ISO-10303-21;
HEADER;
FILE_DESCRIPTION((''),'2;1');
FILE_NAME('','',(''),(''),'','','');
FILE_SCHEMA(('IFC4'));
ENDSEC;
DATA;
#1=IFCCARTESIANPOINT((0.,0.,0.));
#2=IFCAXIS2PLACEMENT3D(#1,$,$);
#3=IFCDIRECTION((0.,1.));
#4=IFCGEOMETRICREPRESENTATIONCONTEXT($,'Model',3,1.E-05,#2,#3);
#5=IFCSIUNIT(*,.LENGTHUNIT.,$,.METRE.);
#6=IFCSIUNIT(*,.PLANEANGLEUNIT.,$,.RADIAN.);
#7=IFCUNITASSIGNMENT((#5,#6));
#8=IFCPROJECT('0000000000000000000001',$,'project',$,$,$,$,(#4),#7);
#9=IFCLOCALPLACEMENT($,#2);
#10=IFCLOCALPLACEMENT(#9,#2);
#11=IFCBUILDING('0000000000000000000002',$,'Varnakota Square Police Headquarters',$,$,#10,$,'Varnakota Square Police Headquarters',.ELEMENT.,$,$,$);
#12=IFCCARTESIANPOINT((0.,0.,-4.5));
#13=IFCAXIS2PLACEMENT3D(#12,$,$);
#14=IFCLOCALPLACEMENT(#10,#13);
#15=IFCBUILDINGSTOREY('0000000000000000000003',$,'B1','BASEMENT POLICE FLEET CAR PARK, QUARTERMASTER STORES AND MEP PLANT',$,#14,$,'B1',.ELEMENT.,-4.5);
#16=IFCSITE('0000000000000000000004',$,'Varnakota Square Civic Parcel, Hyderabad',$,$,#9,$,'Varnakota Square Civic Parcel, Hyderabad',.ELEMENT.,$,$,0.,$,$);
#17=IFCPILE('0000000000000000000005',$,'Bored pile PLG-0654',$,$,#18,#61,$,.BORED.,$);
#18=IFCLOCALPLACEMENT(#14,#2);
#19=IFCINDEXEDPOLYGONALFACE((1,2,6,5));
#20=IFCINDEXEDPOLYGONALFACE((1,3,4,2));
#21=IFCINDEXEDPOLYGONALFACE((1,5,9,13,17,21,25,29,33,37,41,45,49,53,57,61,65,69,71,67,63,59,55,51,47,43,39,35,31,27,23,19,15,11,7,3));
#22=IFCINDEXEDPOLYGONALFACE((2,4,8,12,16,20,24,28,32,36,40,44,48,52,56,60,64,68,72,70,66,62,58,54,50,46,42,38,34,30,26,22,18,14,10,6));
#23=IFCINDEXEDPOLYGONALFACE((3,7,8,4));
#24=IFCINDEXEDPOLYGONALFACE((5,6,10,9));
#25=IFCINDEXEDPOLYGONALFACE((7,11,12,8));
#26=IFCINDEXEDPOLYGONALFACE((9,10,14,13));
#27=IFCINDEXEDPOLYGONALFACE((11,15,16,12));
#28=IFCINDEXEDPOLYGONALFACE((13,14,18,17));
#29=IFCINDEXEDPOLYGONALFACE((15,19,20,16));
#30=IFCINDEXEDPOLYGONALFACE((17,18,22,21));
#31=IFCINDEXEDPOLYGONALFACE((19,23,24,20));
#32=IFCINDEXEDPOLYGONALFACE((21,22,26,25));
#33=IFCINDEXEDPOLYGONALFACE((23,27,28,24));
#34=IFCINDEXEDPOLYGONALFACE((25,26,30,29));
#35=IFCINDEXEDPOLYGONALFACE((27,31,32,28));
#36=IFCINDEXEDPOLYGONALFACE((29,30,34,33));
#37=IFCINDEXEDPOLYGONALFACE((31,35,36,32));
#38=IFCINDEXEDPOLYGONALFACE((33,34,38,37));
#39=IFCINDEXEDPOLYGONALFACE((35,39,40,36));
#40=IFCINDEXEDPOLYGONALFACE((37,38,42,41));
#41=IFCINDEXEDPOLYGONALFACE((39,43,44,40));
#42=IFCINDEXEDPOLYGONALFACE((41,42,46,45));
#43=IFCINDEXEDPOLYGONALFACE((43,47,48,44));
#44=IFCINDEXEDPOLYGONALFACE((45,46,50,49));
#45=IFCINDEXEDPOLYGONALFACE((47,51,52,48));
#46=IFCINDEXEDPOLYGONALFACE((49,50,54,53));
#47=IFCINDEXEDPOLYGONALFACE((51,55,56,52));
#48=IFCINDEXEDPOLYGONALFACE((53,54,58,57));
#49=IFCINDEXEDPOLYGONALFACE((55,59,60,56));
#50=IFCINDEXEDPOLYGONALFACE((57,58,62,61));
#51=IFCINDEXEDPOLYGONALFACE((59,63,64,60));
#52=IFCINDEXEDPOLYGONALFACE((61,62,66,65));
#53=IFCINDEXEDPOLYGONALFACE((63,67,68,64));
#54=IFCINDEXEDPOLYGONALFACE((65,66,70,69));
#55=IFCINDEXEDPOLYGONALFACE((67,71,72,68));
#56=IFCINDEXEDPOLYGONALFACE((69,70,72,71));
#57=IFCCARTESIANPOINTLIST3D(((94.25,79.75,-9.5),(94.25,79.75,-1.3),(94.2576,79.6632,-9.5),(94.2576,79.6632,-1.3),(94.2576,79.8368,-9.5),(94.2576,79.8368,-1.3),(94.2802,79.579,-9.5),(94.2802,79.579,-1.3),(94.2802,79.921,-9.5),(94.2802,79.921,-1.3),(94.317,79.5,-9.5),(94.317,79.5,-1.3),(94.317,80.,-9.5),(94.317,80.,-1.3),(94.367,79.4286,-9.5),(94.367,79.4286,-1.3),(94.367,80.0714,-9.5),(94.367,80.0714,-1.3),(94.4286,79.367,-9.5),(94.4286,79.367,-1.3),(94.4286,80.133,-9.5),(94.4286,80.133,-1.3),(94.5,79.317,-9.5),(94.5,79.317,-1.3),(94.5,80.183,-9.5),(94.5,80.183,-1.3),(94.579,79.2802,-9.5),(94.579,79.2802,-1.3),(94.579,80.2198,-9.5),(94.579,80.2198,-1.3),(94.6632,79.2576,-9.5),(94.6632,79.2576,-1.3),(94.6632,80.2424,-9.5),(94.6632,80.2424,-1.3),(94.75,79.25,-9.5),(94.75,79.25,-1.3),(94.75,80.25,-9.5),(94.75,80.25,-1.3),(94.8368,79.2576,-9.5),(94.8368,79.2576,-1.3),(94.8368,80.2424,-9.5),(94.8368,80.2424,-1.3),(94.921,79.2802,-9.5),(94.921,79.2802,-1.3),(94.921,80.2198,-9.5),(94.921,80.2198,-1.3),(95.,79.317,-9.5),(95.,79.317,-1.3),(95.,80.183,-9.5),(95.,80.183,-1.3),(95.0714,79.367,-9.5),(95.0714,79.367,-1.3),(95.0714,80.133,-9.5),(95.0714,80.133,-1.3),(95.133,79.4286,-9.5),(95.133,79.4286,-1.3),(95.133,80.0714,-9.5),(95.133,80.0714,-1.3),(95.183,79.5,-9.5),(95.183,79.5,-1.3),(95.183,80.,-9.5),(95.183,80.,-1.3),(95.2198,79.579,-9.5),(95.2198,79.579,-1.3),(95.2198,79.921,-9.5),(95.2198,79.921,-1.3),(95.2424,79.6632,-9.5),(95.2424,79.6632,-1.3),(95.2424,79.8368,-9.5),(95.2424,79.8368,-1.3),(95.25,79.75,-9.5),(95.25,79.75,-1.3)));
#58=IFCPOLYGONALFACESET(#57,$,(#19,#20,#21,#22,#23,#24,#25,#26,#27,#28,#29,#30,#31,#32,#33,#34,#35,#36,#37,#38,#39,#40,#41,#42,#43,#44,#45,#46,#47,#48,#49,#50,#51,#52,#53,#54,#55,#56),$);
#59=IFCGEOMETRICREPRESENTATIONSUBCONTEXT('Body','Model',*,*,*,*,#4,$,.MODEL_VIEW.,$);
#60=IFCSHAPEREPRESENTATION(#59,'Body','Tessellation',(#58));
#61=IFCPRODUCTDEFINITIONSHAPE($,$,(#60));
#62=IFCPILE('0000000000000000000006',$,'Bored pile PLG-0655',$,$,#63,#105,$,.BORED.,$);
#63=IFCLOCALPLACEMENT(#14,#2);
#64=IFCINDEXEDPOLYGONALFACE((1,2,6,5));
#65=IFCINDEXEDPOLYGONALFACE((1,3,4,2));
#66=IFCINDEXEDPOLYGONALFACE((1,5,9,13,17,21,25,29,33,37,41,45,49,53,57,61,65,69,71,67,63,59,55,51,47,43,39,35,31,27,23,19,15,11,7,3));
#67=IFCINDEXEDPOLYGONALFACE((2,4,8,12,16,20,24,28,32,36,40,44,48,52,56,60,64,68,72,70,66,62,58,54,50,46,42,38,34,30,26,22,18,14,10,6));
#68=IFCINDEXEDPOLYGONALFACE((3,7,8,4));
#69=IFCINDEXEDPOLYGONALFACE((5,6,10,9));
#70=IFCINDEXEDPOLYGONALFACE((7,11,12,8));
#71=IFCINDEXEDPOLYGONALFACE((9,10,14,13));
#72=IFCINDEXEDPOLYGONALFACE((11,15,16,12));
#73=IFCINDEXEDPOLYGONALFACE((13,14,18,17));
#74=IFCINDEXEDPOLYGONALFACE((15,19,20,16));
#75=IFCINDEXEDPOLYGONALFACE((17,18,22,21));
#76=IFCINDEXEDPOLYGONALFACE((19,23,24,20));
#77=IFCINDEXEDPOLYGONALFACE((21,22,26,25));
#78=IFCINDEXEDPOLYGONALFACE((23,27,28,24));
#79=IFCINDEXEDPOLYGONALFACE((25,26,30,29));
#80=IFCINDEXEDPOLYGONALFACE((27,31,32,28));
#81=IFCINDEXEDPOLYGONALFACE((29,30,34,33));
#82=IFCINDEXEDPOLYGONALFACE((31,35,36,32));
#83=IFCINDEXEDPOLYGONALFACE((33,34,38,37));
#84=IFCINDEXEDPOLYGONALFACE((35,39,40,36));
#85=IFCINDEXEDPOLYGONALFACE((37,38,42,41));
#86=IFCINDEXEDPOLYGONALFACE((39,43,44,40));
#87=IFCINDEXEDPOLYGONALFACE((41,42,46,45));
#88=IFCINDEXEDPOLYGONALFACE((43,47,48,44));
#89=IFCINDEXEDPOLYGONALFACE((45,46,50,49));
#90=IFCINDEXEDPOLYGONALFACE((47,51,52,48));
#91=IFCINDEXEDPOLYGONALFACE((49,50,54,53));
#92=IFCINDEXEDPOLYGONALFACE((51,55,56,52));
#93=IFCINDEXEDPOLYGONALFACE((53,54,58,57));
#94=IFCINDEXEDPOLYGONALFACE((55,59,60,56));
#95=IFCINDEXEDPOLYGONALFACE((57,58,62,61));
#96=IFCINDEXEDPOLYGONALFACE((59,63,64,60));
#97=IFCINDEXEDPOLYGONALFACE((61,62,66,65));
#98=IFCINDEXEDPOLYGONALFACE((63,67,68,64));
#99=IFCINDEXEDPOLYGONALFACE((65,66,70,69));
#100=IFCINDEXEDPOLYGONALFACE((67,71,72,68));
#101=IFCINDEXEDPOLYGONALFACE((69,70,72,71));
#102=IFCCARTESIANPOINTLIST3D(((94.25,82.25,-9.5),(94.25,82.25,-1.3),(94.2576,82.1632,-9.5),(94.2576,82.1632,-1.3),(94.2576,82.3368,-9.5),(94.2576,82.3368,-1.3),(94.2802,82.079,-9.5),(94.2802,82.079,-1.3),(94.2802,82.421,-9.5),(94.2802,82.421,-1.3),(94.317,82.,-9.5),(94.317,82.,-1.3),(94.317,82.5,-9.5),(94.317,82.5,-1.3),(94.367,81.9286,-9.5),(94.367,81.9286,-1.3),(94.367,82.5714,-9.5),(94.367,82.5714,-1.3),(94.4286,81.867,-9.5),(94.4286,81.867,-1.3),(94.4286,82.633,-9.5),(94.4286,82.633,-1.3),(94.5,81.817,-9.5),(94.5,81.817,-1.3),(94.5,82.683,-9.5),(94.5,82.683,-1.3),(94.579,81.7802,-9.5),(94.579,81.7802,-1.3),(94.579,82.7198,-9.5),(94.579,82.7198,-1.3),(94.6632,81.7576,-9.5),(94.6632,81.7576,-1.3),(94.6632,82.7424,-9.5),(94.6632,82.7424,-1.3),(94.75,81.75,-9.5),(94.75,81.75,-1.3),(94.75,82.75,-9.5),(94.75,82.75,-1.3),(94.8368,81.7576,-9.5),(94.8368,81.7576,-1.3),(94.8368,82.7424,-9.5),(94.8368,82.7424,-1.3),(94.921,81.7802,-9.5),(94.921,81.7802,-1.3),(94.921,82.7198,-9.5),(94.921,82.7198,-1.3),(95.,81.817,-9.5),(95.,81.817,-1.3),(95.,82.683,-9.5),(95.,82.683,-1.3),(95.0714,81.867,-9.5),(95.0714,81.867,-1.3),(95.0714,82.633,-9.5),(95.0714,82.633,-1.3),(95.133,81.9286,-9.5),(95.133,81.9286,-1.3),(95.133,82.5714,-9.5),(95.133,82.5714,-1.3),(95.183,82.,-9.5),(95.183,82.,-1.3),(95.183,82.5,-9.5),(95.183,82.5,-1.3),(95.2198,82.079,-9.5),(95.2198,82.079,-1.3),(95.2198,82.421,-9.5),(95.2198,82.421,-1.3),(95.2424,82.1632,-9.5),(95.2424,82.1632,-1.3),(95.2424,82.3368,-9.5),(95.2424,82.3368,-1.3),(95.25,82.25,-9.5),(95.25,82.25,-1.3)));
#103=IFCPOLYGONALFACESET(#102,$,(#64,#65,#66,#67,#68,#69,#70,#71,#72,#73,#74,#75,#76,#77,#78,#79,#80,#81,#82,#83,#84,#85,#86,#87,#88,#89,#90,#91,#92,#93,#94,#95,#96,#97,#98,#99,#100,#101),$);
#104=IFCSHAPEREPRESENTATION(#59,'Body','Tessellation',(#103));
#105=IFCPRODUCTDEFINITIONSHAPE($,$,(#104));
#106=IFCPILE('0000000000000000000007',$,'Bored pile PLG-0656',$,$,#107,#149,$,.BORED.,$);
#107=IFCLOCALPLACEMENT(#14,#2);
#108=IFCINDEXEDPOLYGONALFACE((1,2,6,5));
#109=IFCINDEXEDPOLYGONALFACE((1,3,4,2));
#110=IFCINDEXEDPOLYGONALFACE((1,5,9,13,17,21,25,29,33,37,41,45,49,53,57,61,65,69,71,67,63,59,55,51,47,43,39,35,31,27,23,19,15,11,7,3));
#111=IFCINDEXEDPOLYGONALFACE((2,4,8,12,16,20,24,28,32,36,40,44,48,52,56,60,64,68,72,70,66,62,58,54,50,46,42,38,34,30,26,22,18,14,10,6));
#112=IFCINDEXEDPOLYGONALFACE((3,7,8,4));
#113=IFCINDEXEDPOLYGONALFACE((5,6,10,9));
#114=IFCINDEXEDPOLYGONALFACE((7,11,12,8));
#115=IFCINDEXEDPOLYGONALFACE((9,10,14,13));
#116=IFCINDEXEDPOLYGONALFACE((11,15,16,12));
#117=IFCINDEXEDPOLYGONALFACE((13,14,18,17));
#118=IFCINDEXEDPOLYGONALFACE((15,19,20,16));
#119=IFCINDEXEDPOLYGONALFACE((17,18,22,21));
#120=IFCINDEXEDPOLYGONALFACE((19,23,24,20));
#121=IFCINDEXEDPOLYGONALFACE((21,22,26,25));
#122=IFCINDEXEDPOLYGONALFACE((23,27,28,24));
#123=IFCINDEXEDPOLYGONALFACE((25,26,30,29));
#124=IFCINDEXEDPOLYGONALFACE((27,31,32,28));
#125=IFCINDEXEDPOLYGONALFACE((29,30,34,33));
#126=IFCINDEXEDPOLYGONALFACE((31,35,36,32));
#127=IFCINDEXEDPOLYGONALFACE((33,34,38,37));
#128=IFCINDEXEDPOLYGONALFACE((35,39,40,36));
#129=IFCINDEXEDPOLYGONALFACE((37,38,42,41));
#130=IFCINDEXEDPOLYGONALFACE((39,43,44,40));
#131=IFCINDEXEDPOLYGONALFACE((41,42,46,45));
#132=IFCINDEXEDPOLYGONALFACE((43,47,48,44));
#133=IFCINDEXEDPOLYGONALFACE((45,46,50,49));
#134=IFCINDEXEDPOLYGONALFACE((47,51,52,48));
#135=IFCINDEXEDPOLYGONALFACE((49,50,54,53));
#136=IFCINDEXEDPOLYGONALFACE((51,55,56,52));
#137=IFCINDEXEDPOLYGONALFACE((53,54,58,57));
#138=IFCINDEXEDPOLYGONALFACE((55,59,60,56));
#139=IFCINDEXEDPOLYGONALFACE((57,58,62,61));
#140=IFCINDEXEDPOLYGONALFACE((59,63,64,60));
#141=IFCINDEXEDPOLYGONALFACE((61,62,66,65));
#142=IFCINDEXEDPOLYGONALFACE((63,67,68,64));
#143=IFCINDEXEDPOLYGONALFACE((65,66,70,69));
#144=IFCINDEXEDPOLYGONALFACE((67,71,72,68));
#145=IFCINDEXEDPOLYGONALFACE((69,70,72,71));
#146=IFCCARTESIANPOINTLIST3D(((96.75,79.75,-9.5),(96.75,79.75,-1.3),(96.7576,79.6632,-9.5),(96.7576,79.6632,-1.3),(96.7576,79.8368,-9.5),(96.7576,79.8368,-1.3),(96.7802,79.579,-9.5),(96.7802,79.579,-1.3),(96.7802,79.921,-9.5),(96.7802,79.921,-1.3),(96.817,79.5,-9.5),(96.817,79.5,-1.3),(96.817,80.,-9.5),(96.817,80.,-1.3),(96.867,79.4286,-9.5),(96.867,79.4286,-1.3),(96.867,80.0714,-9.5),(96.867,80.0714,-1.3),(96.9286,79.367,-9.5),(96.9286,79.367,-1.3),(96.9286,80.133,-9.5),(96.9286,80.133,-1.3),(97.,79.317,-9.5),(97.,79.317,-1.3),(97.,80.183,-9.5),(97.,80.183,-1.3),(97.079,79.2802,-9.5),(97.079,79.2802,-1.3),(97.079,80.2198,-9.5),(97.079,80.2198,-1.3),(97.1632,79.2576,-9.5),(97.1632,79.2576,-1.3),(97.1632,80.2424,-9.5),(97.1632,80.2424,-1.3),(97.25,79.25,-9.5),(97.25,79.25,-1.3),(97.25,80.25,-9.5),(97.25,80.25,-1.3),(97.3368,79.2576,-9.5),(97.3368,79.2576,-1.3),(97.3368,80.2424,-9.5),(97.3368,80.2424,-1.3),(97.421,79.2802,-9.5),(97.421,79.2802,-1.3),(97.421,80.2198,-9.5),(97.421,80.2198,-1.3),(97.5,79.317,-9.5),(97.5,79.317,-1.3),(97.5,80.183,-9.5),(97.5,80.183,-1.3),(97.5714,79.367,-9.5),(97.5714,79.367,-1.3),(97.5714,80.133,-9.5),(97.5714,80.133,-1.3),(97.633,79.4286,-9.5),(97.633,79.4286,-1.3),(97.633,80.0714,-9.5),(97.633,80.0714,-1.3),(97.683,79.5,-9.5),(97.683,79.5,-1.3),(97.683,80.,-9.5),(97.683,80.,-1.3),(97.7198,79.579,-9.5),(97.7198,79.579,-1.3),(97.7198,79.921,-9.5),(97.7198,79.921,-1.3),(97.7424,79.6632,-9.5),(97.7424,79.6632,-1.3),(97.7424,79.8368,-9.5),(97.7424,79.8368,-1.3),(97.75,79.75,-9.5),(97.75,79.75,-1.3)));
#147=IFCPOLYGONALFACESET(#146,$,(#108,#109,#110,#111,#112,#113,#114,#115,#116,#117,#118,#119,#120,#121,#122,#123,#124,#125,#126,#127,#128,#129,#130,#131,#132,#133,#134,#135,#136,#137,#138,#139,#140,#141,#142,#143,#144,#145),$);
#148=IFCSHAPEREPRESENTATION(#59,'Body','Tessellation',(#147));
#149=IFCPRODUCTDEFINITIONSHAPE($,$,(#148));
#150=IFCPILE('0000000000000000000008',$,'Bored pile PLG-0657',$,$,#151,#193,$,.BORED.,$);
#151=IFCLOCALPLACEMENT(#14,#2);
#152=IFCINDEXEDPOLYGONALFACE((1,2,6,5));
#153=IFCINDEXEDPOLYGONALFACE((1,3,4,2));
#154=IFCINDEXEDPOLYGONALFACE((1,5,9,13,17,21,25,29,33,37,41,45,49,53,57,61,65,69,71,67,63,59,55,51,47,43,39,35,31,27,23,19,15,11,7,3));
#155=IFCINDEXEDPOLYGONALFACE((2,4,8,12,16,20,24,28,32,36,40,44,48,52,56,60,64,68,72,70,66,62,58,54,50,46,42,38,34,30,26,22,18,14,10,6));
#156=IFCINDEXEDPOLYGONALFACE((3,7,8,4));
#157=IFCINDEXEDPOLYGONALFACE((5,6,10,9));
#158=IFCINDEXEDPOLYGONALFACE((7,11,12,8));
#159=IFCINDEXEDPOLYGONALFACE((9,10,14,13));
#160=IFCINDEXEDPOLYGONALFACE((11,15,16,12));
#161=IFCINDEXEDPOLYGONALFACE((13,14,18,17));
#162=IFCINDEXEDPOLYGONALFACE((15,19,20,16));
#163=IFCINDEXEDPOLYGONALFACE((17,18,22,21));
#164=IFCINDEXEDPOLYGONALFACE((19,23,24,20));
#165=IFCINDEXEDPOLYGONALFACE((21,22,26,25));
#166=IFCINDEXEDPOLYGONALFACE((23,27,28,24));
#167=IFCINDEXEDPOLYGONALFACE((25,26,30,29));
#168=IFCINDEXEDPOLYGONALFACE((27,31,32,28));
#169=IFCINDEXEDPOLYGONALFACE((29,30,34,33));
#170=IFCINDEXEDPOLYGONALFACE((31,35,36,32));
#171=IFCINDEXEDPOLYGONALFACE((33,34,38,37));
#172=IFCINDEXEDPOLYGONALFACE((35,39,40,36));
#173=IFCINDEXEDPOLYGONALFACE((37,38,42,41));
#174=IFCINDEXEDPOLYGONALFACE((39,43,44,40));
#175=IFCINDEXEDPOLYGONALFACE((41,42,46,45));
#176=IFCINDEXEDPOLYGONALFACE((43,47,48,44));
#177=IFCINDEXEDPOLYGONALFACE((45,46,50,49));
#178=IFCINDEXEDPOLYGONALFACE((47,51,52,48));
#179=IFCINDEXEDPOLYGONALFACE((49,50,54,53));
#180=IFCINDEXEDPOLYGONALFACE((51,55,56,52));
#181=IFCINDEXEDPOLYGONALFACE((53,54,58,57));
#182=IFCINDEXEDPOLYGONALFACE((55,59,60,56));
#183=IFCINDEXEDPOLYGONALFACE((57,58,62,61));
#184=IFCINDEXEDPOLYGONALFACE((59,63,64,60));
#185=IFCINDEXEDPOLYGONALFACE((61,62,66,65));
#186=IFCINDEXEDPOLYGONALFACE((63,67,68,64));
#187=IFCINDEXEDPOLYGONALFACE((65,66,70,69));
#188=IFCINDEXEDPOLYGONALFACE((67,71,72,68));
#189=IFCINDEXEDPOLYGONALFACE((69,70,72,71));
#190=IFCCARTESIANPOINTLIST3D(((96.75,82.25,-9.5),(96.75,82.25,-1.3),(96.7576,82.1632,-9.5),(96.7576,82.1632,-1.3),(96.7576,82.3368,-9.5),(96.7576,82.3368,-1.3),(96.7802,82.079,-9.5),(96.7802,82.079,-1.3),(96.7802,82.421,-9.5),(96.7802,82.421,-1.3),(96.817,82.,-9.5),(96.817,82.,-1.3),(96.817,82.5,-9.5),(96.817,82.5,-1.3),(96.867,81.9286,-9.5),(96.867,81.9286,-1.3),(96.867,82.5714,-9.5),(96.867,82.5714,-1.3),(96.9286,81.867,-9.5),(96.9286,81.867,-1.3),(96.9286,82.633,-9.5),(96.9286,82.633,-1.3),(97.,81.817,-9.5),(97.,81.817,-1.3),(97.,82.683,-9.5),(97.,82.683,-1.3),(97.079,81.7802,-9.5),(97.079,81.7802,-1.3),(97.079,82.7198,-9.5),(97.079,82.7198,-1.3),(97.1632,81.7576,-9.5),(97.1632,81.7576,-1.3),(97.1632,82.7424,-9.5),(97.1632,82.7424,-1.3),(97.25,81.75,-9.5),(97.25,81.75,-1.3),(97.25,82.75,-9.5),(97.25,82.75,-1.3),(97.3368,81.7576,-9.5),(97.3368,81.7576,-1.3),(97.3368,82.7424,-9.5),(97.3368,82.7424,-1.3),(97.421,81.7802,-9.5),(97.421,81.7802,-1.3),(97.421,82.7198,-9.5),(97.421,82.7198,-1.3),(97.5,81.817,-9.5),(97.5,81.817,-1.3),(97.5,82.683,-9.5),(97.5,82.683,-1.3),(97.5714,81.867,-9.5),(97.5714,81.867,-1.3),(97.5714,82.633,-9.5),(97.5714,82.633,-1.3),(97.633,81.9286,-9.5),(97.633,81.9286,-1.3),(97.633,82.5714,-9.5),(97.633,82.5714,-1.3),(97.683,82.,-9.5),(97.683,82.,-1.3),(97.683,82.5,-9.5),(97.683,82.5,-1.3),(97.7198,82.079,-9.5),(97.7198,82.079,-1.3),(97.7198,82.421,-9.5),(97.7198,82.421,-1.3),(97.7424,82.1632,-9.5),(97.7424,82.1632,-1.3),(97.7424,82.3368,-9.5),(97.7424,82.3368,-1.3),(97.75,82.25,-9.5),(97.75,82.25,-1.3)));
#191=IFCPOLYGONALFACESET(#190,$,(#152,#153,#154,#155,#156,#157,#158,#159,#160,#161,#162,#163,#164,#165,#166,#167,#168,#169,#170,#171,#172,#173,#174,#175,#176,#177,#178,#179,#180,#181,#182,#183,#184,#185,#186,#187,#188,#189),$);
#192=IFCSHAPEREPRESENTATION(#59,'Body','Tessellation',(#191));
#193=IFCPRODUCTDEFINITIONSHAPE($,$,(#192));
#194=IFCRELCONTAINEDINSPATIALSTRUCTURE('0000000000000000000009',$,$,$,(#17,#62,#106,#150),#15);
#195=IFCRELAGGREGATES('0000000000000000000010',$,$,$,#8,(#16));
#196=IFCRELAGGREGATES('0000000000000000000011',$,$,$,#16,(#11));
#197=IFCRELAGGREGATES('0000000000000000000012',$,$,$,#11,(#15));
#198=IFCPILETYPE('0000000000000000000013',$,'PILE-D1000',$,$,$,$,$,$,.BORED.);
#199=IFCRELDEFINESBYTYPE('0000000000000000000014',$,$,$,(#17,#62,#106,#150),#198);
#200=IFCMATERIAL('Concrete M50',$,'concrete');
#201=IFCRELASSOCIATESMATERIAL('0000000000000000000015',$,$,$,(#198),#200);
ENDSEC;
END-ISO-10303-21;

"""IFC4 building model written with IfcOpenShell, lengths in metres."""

from ifc_helpers import new_model, si_unit, direction, frame, origin, origin_2d, place, context, subcontext, project, spatial, circle, extrude, material, material_profile, profile_set, type_object, element, save


model = new_model("IFC4")

# Units and contexts
model_context = context("Model", 3, precision=1e-05, world=origin(), true_north=direction((0.0, 1.0)))
body_context = subcontext(model_context, "Body", "Model", "MODEL_VIEW")
ifc_project = project(units=[si_unit("LENGTHUNIT", "METRE"), si_unit("PLANEANGLEUNIT", "RADIAN")], contexts=[model_context])

# Site, building, storey
site_placement = place(None, origin())
site = spatial("IfcSite", under=ifc_project, at=site_placement, Name="Varnakota Square Civic Parcel, Hyderabad", LongName="Varnakota Square Civic Parcel, Hyderabad", CompositionType="ELEMENT", RefElevation=0.0)
building_placement = place(site_placement, origin())
building = spatial("IfcBuilding", under=site, at=building_placement, Name="Varnakota Square Police Headquarters", LongName="Varnakota Square Police Headquarters", CompositionType="ELEMENT")
storey_placement = place(building_placement, frame((0.0, 0.0, -4.5)))
storey = spatial("IfcBuildingStorey", under=building, at=storey_placement, Name="B1", Description="BASEMENT POLICE FLEET CAR PARK, QUARTERMASTER STORES AND MEP PLANT", LongName="B1", CompositionType="ELEMENT", Elevation=-4.5)

# Shared definitions
ifc_material_1 = material(Name="Concrete M50", Category="concrete")

# Piles
ifc_material_profile_1 = material_profile(ifc_material_1, circle(Radius=0.5, at=origin_2d()), Name="BORED PILE 1000")
ifc_profile_set_1 = profile_set([ifc_material_profile_1], Name="Concrete M50")
pile_type_1 = type_object("IfcPileType", Name="PILE-D1000", PredefinedType="BORED", material=ifc_profile_set_1)
for number, where, z_axis, x_axis, name in (
    (1, (94.75, 79.75, -1.3), (0.0, 0.0, -1.0), (1.0, 0.0, 0.0), "Bored pile PLG-0654"),
    (2, (94.75, 82.25, -1.3), (0.0, 0.0, -1.0), (1.0, 0.0, 0.0), "Bored pile PLG-0655"),
    (3, (97.25, 79.75, -1.3), (0.0, 0.0, -1.0), (1.0, 0.0, 0.0), "Bored pile PLG-0656"),
    (4, (97.25, 82.25, -1.3), (0.0, 0.0, -1.0), (1.0, 0.0, 0.0), "Bored pile PLG-0657"),
):
    element("IfcPile", number, at=place(storey_placement, frame(where, z_axis=z_axis, x_axis=x_axis)), inside=storey, type_object=pile_type_1, Name=name, PredefinedType="BORED", context=body_context, shape_type="SweptSolid", body=[
        extrude(circle(Radius=0.5, at=origin_2d()), origin(), (0.0, 0.0, 1.0), 8.2),
    ])

save(model, "model.ifc")
